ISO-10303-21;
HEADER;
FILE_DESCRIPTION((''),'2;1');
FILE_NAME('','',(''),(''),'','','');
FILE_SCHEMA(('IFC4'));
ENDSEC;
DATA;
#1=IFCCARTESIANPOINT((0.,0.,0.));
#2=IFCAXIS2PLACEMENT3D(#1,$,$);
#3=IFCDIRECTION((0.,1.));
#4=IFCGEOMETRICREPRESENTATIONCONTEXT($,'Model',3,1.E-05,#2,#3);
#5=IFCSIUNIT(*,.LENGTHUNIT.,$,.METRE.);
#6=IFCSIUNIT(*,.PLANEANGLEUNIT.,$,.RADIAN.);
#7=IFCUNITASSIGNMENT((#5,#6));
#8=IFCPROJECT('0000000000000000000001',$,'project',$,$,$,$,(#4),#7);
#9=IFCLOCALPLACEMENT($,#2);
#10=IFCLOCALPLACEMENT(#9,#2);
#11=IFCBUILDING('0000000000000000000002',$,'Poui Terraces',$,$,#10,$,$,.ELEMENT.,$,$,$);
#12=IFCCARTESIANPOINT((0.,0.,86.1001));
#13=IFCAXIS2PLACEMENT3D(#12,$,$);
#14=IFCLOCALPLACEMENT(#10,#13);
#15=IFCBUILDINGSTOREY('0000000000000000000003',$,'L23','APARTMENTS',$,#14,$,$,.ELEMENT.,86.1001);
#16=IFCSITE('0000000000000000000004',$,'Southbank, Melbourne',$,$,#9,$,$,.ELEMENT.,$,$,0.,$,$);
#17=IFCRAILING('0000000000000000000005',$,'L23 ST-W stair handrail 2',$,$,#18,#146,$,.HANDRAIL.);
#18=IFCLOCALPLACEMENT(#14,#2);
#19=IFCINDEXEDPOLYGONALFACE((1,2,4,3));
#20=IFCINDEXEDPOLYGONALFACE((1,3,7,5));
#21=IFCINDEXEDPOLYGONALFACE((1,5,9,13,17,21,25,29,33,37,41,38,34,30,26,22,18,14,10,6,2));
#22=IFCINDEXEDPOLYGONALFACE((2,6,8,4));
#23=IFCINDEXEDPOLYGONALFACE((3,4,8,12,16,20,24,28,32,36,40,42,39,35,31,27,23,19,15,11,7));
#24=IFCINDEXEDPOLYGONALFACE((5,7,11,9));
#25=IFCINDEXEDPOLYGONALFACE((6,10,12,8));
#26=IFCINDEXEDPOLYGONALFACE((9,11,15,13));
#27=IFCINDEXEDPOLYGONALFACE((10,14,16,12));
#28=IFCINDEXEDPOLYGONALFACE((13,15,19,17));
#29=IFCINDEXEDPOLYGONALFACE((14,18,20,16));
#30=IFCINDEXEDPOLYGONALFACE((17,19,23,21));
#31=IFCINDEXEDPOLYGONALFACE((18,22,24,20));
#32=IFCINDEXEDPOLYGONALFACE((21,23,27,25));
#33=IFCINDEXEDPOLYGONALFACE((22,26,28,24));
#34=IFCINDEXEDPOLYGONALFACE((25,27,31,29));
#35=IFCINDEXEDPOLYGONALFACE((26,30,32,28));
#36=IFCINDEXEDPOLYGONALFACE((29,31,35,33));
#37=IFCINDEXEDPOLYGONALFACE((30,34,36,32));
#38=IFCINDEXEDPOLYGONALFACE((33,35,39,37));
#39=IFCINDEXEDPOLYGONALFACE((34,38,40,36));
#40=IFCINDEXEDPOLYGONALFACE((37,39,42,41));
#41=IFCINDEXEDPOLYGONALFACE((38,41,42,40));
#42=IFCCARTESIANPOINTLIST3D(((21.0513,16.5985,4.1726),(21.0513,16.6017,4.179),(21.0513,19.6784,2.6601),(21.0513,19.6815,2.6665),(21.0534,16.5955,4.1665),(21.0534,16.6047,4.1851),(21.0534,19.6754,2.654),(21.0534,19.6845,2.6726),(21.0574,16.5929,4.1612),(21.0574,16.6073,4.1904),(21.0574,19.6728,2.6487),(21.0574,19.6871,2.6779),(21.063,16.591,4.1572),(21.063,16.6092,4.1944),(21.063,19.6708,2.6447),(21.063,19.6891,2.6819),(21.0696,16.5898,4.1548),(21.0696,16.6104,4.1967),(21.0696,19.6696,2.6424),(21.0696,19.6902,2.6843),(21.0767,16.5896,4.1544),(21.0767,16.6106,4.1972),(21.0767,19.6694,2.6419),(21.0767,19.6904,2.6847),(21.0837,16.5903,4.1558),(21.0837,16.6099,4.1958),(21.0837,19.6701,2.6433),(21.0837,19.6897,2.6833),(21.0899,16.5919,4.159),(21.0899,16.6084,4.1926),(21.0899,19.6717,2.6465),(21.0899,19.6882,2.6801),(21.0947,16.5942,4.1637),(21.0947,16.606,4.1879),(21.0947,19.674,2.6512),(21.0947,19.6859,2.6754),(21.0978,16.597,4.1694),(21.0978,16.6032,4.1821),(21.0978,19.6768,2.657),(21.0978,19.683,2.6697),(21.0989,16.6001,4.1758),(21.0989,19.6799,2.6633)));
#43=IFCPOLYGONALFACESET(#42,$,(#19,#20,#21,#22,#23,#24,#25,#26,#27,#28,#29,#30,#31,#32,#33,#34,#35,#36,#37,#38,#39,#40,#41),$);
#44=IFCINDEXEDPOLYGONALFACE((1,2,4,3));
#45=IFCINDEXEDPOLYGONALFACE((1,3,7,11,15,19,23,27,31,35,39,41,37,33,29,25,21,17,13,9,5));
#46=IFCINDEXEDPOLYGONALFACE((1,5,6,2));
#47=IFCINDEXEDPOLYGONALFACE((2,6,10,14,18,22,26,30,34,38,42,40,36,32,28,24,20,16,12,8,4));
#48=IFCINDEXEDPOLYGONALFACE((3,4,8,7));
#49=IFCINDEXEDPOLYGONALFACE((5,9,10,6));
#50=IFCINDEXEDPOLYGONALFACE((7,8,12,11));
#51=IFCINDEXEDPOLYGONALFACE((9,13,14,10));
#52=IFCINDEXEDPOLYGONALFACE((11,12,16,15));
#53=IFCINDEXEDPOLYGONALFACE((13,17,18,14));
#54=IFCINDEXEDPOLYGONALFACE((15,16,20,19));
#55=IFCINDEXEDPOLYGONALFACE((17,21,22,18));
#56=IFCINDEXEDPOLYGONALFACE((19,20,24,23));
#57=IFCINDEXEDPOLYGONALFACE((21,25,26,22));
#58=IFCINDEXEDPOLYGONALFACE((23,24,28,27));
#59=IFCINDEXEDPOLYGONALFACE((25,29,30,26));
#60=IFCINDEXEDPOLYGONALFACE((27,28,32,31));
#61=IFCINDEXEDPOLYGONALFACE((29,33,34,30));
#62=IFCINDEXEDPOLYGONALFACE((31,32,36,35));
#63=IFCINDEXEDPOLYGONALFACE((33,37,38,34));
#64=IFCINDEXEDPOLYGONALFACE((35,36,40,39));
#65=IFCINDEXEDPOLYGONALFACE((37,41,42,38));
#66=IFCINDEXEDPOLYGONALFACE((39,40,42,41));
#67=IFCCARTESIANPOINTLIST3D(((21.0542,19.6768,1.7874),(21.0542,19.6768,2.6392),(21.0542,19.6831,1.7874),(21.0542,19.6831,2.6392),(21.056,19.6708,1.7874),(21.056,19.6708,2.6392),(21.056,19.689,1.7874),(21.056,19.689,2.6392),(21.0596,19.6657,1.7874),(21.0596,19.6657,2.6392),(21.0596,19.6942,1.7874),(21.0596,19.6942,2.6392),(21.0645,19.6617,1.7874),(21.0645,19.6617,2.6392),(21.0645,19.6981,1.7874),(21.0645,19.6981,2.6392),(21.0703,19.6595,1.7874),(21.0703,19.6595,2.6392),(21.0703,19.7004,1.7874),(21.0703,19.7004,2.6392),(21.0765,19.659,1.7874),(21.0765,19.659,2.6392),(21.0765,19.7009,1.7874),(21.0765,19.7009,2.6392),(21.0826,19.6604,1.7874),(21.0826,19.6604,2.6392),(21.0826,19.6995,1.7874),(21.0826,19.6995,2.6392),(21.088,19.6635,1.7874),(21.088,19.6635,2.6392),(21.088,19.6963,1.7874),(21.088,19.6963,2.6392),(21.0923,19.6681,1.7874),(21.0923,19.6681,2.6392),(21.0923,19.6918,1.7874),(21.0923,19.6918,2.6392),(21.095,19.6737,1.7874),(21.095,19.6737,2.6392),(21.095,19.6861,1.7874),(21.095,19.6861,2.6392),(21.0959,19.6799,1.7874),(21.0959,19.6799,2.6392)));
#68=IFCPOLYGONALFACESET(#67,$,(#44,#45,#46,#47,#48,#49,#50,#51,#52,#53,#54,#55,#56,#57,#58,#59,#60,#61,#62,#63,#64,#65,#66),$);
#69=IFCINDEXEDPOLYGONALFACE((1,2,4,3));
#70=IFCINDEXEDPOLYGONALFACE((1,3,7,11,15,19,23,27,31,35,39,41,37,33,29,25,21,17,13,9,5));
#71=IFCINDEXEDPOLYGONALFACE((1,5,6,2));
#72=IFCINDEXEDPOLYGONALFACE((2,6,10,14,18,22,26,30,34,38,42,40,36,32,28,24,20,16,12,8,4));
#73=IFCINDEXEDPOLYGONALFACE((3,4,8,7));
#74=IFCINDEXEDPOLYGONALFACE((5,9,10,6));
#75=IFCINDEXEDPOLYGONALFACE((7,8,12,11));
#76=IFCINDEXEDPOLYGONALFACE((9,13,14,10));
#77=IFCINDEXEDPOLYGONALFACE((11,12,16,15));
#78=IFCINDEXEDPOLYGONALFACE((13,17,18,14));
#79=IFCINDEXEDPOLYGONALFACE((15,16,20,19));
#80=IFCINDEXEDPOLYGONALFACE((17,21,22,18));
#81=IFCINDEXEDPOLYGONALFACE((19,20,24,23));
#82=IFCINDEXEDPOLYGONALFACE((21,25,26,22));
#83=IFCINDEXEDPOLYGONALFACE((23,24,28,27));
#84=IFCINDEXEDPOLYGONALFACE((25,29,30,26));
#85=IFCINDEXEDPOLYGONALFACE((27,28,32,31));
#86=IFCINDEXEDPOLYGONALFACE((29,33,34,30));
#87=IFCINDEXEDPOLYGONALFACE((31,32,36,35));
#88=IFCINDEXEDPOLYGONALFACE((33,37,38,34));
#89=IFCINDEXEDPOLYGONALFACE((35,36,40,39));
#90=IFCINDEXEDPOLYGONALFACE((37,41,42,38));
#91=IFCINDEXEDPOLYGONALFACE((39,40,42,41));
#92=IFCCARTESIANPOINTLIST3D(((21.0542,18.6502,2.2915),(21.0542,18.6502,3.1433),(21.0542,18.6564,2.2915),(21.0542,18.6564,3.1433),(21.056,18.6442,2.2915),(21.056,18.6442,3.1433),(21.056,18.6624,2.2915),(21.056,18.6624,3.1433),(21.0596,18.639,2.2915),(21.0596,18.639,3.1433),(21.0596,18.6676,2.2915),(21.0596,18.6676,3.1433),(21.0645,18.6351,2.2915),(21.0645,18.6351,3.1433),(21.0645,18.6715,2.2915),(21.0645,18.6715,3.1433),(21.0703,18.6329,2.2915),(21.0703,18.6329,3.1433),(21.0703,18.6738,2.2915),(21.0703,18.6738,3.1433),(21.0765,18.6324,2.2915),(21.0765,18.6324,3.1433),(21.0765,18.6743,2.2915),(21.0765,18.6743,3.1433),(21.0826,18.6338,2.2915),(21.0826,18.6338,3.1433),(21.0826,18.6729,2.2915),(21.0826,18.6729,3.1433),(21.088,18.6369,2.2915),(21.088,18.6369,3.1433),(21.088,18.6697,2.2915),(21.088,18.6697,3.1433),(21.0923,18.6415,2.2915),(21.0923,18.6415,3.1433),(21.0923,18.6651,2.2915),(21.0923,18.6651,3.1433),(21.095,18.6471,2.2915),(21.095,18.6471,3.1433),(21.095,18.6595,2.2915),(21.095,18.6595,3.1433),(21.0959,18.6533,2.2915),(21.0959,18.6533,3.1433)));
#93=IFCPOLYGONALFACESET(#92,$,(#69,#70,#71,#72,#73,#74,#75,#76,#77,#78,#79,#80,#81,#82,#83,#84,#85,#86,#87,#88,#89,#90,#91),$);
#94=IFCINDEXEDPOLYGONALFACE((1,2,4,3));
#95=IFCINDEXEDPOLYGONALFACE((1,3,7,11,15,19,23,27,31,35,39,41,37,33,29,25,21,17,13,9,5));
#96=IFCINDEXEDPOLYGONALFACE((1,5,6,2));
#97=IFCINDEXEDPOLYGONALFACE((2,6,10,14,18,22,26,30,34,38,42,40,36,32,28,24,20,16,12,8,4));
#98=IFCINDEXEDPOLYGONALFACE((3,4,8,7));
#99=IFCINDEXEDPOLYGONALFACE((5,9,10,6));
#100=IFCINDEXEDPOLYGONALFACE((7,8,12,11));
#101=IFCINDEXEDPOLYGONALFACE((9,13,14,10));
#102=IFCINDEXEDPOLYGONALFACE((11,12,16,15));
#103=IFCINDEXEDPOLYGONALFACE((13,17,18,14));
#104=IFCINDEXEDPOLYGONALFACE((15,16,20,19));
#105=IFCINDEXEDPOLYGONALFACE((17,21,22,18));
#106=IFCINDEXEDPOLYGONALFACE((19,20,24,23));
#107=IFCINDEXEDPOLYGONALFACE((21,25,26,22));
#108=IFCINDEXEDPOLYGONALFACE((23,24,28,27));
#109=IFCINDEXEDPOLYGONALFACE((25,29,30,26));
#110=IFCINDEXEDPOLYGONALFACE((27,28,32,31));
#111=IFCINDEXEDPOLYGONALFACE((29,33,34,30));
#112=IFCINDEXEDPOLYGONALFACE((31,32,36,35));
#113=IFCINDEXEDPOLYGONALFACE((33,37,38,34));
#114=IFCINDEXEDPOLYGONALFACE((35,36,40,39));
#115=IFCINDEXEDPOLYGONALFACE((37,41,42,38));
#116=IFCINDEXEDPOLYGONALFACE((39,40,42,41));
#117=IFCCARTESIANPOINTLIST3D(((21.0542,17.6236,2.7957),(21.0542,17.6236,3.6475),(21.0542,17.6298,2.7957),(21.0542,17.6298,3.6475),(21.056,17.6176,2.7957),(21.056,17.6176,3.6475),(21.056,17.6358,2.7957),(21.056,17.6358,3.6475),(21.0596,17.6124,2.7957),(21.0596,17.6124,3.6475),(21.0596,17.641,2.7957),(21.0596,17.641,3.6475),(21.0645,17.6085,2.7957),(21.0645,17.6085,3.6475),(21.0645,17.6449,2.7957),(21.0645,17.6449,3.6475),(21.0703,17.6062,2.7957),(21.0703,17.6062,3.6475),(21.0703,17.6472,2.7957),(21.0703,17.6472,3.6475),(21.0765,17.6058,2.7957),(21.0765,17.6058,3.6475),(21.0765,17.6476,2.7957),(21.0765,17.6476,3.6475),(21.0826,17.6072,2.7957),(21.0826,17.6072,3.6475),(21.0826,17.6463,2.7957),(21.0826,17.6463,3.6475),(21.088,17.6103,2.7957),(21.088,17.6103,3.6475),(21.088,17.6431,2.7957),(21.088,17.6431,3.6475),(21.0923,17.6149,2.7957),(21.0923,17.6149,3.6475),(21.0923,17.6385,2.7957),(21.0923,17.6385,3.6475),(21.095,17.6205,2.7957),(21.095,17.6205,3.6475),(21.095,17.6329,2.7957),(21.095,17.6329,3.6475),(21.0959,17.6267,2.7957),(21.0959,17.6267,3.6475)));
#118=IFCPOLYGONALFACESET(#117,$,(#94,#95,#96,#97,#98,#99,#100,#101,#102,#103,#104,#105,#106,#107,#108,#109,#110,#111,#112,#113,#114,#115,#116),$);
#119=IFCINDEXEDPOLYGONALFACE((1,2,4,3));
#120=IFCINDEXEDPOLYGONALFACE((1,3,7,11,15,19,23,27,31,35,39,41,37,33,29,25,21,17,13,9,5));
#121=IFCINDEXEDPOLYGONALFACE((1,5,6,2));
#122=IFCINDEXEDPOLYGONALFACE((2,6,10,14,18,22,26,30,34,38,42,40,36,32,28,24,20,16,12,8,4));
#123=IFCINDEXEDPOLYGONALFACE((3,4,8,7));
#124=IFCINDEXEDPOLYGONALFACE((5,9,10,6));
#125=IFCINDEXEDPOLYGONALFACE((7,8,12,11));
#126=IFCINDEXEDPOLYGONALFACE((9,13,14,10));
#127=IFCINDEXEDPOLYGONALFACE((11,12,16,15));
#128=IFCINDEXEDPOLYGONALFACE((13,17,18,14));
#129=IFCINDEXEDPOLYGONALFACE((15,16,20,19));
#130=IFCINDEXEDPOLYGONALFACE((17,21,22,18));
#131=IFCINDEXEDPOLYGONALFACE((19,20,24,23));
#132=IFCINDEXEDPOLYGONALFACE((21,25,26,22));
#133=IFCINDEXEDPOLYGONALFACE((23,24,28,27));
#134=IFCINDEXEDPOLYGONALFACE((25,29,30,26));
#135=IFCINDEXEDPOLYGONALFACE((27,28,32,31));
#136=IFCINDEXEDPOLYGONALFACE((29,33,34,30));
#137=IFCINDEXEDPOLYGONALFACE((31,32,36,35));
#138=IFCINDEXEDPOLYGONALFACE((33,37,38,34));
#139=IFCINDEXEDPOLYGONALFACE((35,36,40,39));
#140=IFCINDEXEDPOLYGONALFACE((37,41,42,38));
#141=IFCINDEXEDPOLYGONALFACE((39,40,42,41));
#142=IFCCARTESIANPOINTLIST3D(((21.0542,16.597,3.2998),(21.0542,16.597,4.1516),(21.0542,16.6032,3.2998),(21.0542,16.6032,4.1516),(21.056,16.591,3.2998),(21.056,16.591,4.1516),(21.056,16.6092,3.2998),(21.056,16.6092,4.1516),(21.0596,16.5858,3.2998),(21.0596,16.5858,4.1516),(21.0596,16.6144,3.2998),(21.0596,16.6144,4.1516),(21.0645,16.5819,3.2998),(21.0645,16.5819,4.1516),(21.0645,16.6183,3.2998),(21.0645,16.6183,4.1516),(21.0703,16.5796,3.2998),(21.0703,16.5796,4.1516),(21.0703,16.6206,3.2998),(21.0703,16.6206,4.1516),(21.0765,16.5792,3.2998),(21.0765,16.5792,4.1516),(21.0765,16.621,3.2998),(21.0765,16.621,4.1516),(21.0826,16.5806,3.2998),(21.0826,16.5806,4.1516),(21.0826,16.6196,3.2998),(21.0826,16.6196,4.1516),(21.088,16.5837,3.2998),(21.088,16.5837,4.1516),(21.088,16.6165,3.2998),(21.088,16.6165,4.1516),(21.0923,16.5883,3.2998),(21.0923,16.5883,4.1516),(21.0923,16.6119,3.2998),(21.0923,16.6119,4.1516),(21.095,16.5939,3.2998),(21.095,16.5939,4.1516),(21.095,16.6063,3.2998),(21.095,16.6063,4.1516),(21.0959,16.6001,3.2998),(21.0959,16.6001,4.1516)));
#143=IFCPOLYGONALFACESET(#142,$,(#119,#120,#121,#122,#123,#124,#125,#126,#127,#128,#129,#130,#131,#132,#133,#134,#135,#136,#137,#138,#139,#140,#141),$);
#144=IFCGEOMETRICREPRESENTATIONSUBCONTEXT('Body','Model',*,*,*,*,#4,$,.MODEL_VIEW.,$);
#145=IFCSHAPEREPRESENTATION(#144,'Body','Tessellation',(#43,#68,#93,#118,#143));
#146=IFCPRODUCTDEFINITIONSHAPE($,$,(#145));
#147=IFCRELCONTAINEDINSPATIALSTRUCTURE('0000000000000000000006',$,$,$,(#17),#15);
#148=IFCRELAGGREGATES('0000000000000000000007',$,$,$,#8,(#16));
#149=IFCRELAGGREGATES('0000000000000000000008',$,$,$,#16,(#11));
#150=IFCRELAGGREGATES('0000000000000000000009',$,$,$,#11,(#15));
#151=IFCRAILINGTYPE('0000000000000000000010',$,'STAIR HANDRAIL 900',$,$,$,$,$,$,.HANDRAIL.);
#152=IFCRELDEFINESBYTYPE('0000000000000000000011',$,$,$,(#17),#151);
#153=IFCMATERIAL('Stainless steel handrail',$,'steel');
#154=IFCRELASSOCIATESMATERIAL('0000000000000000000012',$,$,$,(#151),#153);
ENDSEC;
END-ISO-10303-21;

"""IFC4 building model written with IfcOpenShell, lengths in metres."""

from ifc_helpers import new_model, si_unit, direction, frame, origin, origin_2d, place, context, subcontext, project, spatial, circle, extrude, material, type_object, element, save


model = new_model("IFC4")

# Units and contexts
model_context = context("Model", 3, precision=1e-05, world=origin(), true_north=direction((0.0, 1.0)))
body_context = subcontext(model_context, "Body", "Model", "MODEL_VIEW")
ifc_project = project(units=[si_unit("LENGTHUNIT", "METRE"), si_unit("PLANEANGLEUNIT", "RADIAN")], contexts=[model_context])

# Site, building, storey
site_placement = place(None, origin())
site = spatial("IfcSite", under=ifc_project, at=site_placement, Name="Southbank, Melbourne", CompositionType="ELEMENT", RefElevation=0.0)
building_placement = place(site_placement, origin())
building = spatial("IfcBuilding", under=site, at=building_placement, Name="Poui Terraces", CompositionType="ELEMENT")
storey_placement = place(building_placement, frame((0.0, 0.0, 86.1001)))
storey = spatial("IfcBuildingStorey", under=building, at=storey_placement, Name="L23", Description="APARTMENTS", CompositionType="ELEMENT", Elevation=86.1001)

# Railing
ifc_material_1 = material(Name="Stainless steel handrail", Category="steel")
railing_type_1 = type_object("IfcRailingType", Name="STAIR HANDRAIL 900", PredefinedType="HANDRAIL", material=ifc_material_1)
railing_1_placement = place(storey_placement, frame((21.075, 19.6799, 1.7874)))
element("IfcRailing", 1, at=railing_1_placement, inside=storey, type_object=railing_type_1, Name="L23 ST-W stair handrail 2", PredefinedType="HANDRAIL", context=body_context, shape_type="SweptSolid", body=[
    extrude(circle(Radius=0.0239, at=origin_2d()), frame((0.0, 0.0, 0.876), z_axis=(0.0, -0.897606, 0.440798), x_axis=(1.0, 0.0, 0.0)), (0.0, 0.0, 1.0), 3.4312),
    extrude(circle(Radius=0.021, at=origin_2d()), origin(), (0.0, 0.0, 1.0), 0.8518),
    extrude(circle(Radius=0.021, at=origin_2d()), frame((0.0, -1.0266, 0.5042)), (0.0, 0.0, 1.0), 0.8518),
    extrude(circle(Radius=0.021, at=origin_2d()), frame((0.0, -2.0532, 1.0083)), (0.0, 0.0, 1.0), 0.8518),
    extrude(circle(Radius=0.021, at=origin_2d()), frame((0.0, -3.0798, 1.5125)), (0.0, 0.0, 1.0), 0.8518),
])

save(model, "model.ifc")
